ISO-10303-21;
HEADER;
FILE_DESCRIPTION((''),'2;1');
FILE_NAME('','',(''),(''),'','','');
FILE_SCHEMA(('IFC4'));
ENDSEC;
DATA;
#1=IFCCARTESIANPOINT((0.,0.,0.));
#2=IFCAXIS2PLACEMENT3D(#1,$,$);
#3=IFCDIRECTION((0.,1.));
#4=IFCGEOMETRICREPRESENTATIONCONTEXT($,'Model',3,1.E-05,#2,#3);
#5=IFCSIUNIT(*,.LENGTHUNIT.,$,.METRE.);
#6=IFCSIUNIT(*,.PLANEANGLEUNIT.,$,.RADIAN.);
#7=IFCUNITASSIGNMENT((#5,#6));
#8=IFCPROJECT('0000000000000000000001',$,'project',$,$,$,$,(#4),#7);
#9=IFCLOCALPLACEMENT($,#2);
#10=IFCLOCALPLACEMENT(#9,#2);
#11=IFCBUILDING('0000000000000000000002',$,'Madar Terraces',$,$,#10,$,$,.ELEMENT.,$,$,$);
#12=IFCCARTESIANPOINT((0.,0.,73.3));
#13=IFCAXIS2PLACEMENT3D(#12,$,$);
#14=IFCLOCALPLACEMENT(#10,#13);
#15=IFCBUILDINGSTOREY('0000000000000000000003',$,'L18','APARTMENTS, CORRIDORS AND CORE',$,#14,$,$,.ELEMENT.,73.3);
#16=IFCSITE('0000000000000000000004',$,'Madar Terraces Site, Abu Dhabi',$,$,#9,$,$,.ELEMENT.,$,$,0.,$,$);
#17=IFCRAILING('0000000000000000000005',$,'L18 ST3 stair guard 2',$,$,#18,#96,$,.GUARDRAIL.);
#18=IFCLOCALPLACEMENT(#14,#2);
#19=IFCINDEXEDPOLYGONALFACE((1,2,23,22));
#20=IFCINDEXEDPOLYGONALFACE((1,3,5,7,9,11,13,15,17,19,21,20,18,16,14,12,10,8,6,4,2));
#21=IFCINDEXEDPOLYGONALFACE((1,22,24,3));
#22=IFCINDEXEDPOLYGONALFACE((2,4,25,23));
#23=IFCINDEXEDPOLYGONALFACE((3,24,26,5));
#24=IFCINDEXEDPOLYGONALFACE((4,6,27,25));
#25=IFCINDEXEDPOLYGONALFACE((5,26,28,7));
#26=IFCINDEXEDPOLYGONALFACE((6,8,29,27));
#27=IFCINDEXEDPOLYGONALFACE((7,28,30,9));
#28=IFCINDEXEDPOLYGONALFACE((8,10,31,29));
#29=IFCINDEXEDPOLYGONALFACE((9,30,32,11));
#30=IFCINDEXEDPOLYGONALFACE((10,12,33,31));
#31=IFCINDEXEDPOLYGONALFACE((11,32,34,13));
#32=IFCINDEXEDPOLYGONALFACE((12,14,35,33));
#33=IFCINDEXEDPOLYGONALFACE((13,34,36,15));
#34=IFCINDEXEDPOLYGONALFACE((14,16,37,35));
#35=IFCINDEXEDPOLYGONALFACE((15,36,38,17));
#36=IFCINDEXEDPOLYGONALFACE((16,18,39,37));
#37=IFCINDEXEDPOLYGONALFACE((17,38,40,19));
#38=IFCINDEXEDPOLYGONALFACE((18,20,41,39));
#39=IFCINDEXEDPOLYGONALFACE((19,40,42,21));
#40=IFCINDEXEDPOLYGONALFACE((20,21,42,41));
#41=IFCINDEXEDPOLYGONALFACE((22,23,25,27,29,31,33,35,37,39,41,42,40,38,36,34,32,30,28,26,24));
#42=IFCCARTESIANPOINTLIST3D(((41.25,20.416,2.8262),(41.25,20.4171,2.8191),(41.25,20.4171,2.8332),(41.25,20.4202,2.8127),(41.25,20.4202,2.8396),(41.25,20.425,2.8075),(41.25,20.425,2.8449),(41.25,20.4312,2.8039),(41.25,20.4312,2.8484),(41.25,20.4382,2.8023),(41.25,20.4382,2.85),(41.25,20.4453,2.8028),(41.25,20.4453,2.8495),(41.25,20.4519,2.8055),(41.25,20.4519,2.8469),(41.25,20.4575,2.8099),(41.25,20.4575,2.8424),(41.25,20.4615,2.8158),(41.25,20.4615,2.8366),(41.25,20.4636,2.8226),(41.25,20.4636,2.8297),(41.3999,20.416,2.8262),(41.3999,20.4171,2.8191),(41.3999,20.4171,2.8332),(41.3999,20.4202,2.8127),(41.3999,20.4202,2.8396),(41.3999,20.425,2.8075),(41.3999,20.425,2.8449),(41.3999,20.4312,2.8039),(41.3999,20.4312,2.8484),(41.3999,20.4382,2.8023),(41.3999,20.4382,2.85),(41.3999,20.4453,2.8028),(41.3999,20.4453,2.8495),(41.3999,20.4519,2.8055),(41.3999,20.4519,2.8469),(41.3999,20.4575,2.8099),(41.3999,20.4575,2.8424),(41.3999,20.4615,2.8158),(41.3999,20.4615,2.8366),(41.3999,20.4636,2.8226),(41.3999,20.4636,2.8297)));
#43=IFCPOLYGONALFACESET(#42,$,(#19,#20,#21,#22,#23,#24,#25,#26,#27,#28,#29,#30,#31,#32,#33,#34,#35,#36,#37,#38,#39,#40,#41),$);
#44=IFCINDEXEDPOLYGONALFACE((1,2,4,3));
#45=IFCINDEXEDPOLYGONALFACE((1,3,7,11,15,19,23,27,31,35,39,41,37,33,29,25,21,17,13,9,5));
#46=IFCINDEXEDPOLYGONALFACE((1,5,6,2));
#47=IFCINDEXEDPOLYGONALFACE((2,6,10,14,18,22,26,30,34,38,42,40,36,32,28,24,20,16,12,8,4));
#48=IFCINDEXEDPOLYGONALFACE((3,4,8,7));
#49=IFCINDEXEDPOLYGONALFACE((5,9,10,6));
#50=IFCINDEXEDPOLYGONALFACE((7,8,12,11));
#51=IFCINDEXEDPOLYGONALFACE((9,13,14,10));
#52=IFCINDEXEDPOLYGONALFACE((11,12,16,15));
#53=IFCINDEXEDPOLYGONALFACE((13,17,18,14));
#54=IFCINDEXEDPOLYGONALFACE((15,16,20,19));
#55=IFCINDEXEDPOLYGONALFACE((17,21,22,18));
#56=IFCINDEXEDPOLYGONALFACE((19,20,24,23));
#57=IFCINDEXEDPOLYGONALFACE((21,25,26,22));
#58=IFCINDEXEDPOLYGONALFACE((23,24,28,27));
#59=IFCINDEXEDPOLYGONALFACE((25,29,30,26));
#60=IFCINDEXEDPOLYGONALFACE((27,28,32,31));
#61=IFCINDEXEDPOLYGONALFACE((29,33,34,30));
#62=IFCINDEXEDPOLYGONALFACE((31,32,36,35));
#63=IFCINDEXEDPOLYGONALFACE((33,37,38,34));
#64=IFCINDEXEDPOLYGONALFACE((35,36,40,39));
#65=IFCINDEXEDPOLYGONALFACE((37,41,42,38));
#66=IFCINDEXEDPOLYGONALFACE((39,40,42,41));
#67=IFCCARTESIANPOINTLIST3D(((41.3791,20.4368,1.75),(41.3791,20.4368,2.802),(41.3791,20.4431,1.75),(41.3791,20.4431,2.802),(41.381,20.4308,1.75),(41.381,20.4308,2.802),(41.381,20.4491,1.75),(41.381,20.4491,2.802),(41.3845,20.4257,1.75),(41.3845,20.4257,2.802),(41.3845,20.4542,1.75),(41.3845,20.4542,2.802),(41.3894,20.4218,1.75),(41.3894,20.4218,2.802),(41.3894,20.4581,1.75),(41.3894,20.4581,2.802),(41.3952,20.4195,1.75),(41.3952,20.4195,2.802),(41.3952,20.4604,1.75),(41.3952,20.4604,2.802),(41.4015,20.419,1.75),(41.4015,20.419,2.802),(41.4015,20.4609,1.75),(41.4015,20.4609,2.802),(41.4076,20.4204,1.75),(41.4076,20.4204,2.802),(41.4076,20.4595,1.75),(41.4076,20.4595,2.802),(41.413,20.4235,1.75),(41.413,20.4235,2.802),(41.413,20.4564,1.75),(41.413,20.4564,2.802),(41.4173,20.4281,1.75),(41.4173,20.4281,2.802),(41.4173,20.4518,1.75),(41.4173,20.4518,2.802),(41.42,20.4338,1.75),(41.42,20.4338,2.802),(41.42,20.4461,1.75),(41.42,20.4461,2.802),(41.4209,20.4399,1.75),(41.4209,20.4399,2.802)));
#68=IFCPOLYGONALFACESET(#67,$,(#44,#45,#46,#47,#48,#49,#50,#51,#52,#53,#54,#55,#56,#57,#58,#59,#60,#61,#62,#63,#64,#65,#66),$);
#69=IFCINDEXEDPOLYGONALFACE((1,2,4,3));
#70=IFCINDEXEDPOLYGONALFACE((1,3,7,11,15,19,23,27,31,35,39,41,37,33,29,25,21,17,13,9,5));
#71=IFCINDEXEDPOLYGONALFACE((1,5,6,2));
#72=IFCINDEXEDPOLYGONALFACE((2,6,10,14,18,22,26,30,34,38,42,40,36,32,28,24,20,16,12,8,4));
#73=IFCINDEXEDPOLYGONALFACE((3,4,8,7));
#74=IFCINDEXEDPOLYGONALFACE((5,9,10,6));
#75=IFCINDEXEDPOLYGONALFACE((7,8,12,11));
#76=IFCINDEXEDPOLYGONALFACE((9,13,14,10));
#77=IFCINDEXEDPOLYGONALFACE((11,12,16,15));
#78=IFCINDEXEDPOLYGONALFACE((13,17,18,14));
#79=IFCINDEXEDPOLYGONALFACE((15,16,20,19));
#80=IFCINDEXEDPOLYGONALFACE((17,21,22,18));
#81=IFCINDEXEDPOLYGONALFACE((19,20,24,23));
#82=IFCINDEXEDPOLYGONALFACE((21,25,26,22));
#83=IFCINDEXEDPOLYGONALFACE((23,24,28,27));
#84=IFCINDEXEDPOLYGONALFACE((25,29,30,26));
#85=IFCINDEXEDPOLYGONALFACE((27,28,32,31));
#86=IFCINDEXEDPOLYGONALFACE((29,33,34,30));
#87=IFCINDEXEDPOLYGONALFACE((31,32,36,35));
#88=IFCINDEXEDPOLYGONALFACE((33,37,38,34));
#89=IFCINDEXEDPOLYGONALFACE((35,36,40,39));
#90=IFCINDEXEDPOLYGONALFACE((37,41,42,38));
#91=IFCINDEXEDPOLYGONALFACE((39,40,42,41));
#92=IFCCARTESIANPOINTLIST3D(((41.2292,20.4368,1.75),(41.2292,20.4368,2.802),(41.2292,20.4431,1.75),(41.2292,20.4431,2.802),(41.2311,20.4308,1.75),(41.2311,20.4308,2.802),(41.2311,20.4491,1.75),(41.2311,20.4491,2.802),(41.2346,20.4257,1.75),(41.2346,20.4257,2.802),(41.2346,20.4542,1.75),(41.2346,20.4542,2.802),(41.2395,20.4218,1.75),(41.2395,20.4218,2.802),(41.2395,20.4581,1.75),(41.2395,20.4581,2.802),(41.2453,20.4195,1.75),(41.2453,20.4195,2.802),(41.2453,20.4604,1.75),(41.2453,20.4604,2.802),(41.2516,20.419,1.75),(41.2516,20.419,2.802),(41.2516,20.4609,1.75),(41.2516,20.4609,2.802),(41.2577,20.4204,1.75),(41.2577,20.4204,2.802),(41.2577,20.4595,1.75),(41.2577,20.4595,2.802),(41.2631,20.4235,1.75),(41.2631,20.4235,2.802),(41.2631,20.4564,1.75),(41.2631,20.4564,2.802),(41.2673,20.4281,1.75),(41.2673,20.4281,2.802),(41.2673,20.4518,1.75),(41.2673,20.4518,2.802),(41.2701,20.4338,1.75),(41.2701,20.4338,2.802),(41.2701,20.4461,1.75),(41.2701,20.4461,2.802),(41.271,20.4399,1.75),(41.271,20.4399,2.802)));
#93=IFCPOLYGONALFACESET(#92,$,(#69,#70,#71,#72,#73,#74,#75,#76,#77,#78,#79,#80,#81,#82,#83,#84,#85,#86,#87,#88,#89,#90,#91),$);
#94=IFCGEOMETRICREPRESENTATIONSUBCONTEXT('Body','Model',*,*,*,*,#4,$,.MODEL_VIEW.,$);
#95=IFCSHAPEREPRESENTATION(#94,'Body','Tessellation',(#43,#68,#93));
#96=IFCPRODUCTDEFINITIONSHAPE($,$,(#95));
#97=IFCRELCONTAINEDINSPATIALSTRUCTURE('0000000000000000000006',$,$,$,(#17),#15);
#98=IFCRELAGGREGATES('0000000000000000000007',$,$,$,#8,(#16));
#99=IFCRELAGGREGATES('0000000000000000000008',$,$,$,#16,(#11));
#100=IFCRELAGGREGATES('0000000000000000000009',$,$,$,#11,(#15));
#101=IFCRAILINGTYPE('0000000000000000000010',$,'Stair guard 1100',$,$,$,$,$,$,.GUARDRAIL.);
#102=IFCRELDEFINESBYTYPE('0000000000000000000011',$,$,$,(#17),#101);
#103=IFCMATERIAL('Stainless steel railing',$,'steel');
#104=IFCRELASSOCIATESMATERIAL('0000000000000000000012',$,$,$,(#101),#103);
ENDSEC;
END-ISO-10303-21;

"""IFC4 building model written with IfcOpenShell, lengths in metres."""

from ifc_helpers import new_model, si_unit, direction, frame, origin, origin_2d, place, context, subcontext, project, spatial, circle, extrude, material, type_object, element, save


model = new_model("IFC4")

# Units and contexts
model_context = context("Model", 3, precision=1e-05, world=origin(), true_north=direction((0.0, 1.0)))
body_context = subcontext(model_context, "Body", "Model", "MODEL_VIEW")
ifc_project = project(units=[si_unit("LENGTHUNIT", "METRE"), si_unit("PLANEANGLEUNIT", "RADIAN")], contexts=[model_context])

# Site, building, storey
site_placement = place(None, origin())
site = spatial("IfcSite", under=ifc_project, at=site_placement, Name="Madar Terraces Site, Abu Dhabi", CompositionType="ELEMENT", RefElevation=0.0)
building_placement = place(site_placement, origin())
building = spatial("IfcBuilding", under=site, at=building_placement, Name="Madar Terraces", CompositionType="ELEMENT")
storey_placement = place(building_placement, frame((0.0, 0.0, 73.3)))
storey = spatial("IfcBuildingStorey", under=building, at=storey_placement, Name="L18", Description="APARTMENTS, CORRIDORS AND CORE", CompositionType="ELEMENT", Elevation=73.3)

# Railing
ifc_material_1 = material(Name="Stainless steel railing", Category="steel")
railing_type_1 = type_object("IfcRailingType", Name="Stair guard 1100", PredefinedType="GUARDRAIL", material=ifc_material_1)
railing_1_placement = place(storey_placement, frame((41.3999, 20.4399, 1.75)))
element("IfcRailing", 1, at=railing_1_placement, inside=storey, type_object=railing_type_1, Name="L18 ST3 stair guard 2", PredefinedType="GUARDRAIL", context=body_context, shape_type="SweptSolid", body=[
    extrude(circle(Radius=0.0239, at=origin_2d()), frame((0.0, 0.0, 1.0762), z_axis=(-1.0, 0.0, 0.0), x_axis=(0.0, -1.0, 0.0)), (0.0, 0.0, 1.0), 0.1499),
    extrude(circle(Radius=0.021, at=origin_2d()), origin(), (0.0, 0.0, 1.0), 1.052),
    extrude(circle(Radius=0.021, at=origin_2d()), frame((-0.1499, 0.0, 0.0)), (0.0, 0.0, 1.0), 1.052),
])

save(model, "model.ifc")
